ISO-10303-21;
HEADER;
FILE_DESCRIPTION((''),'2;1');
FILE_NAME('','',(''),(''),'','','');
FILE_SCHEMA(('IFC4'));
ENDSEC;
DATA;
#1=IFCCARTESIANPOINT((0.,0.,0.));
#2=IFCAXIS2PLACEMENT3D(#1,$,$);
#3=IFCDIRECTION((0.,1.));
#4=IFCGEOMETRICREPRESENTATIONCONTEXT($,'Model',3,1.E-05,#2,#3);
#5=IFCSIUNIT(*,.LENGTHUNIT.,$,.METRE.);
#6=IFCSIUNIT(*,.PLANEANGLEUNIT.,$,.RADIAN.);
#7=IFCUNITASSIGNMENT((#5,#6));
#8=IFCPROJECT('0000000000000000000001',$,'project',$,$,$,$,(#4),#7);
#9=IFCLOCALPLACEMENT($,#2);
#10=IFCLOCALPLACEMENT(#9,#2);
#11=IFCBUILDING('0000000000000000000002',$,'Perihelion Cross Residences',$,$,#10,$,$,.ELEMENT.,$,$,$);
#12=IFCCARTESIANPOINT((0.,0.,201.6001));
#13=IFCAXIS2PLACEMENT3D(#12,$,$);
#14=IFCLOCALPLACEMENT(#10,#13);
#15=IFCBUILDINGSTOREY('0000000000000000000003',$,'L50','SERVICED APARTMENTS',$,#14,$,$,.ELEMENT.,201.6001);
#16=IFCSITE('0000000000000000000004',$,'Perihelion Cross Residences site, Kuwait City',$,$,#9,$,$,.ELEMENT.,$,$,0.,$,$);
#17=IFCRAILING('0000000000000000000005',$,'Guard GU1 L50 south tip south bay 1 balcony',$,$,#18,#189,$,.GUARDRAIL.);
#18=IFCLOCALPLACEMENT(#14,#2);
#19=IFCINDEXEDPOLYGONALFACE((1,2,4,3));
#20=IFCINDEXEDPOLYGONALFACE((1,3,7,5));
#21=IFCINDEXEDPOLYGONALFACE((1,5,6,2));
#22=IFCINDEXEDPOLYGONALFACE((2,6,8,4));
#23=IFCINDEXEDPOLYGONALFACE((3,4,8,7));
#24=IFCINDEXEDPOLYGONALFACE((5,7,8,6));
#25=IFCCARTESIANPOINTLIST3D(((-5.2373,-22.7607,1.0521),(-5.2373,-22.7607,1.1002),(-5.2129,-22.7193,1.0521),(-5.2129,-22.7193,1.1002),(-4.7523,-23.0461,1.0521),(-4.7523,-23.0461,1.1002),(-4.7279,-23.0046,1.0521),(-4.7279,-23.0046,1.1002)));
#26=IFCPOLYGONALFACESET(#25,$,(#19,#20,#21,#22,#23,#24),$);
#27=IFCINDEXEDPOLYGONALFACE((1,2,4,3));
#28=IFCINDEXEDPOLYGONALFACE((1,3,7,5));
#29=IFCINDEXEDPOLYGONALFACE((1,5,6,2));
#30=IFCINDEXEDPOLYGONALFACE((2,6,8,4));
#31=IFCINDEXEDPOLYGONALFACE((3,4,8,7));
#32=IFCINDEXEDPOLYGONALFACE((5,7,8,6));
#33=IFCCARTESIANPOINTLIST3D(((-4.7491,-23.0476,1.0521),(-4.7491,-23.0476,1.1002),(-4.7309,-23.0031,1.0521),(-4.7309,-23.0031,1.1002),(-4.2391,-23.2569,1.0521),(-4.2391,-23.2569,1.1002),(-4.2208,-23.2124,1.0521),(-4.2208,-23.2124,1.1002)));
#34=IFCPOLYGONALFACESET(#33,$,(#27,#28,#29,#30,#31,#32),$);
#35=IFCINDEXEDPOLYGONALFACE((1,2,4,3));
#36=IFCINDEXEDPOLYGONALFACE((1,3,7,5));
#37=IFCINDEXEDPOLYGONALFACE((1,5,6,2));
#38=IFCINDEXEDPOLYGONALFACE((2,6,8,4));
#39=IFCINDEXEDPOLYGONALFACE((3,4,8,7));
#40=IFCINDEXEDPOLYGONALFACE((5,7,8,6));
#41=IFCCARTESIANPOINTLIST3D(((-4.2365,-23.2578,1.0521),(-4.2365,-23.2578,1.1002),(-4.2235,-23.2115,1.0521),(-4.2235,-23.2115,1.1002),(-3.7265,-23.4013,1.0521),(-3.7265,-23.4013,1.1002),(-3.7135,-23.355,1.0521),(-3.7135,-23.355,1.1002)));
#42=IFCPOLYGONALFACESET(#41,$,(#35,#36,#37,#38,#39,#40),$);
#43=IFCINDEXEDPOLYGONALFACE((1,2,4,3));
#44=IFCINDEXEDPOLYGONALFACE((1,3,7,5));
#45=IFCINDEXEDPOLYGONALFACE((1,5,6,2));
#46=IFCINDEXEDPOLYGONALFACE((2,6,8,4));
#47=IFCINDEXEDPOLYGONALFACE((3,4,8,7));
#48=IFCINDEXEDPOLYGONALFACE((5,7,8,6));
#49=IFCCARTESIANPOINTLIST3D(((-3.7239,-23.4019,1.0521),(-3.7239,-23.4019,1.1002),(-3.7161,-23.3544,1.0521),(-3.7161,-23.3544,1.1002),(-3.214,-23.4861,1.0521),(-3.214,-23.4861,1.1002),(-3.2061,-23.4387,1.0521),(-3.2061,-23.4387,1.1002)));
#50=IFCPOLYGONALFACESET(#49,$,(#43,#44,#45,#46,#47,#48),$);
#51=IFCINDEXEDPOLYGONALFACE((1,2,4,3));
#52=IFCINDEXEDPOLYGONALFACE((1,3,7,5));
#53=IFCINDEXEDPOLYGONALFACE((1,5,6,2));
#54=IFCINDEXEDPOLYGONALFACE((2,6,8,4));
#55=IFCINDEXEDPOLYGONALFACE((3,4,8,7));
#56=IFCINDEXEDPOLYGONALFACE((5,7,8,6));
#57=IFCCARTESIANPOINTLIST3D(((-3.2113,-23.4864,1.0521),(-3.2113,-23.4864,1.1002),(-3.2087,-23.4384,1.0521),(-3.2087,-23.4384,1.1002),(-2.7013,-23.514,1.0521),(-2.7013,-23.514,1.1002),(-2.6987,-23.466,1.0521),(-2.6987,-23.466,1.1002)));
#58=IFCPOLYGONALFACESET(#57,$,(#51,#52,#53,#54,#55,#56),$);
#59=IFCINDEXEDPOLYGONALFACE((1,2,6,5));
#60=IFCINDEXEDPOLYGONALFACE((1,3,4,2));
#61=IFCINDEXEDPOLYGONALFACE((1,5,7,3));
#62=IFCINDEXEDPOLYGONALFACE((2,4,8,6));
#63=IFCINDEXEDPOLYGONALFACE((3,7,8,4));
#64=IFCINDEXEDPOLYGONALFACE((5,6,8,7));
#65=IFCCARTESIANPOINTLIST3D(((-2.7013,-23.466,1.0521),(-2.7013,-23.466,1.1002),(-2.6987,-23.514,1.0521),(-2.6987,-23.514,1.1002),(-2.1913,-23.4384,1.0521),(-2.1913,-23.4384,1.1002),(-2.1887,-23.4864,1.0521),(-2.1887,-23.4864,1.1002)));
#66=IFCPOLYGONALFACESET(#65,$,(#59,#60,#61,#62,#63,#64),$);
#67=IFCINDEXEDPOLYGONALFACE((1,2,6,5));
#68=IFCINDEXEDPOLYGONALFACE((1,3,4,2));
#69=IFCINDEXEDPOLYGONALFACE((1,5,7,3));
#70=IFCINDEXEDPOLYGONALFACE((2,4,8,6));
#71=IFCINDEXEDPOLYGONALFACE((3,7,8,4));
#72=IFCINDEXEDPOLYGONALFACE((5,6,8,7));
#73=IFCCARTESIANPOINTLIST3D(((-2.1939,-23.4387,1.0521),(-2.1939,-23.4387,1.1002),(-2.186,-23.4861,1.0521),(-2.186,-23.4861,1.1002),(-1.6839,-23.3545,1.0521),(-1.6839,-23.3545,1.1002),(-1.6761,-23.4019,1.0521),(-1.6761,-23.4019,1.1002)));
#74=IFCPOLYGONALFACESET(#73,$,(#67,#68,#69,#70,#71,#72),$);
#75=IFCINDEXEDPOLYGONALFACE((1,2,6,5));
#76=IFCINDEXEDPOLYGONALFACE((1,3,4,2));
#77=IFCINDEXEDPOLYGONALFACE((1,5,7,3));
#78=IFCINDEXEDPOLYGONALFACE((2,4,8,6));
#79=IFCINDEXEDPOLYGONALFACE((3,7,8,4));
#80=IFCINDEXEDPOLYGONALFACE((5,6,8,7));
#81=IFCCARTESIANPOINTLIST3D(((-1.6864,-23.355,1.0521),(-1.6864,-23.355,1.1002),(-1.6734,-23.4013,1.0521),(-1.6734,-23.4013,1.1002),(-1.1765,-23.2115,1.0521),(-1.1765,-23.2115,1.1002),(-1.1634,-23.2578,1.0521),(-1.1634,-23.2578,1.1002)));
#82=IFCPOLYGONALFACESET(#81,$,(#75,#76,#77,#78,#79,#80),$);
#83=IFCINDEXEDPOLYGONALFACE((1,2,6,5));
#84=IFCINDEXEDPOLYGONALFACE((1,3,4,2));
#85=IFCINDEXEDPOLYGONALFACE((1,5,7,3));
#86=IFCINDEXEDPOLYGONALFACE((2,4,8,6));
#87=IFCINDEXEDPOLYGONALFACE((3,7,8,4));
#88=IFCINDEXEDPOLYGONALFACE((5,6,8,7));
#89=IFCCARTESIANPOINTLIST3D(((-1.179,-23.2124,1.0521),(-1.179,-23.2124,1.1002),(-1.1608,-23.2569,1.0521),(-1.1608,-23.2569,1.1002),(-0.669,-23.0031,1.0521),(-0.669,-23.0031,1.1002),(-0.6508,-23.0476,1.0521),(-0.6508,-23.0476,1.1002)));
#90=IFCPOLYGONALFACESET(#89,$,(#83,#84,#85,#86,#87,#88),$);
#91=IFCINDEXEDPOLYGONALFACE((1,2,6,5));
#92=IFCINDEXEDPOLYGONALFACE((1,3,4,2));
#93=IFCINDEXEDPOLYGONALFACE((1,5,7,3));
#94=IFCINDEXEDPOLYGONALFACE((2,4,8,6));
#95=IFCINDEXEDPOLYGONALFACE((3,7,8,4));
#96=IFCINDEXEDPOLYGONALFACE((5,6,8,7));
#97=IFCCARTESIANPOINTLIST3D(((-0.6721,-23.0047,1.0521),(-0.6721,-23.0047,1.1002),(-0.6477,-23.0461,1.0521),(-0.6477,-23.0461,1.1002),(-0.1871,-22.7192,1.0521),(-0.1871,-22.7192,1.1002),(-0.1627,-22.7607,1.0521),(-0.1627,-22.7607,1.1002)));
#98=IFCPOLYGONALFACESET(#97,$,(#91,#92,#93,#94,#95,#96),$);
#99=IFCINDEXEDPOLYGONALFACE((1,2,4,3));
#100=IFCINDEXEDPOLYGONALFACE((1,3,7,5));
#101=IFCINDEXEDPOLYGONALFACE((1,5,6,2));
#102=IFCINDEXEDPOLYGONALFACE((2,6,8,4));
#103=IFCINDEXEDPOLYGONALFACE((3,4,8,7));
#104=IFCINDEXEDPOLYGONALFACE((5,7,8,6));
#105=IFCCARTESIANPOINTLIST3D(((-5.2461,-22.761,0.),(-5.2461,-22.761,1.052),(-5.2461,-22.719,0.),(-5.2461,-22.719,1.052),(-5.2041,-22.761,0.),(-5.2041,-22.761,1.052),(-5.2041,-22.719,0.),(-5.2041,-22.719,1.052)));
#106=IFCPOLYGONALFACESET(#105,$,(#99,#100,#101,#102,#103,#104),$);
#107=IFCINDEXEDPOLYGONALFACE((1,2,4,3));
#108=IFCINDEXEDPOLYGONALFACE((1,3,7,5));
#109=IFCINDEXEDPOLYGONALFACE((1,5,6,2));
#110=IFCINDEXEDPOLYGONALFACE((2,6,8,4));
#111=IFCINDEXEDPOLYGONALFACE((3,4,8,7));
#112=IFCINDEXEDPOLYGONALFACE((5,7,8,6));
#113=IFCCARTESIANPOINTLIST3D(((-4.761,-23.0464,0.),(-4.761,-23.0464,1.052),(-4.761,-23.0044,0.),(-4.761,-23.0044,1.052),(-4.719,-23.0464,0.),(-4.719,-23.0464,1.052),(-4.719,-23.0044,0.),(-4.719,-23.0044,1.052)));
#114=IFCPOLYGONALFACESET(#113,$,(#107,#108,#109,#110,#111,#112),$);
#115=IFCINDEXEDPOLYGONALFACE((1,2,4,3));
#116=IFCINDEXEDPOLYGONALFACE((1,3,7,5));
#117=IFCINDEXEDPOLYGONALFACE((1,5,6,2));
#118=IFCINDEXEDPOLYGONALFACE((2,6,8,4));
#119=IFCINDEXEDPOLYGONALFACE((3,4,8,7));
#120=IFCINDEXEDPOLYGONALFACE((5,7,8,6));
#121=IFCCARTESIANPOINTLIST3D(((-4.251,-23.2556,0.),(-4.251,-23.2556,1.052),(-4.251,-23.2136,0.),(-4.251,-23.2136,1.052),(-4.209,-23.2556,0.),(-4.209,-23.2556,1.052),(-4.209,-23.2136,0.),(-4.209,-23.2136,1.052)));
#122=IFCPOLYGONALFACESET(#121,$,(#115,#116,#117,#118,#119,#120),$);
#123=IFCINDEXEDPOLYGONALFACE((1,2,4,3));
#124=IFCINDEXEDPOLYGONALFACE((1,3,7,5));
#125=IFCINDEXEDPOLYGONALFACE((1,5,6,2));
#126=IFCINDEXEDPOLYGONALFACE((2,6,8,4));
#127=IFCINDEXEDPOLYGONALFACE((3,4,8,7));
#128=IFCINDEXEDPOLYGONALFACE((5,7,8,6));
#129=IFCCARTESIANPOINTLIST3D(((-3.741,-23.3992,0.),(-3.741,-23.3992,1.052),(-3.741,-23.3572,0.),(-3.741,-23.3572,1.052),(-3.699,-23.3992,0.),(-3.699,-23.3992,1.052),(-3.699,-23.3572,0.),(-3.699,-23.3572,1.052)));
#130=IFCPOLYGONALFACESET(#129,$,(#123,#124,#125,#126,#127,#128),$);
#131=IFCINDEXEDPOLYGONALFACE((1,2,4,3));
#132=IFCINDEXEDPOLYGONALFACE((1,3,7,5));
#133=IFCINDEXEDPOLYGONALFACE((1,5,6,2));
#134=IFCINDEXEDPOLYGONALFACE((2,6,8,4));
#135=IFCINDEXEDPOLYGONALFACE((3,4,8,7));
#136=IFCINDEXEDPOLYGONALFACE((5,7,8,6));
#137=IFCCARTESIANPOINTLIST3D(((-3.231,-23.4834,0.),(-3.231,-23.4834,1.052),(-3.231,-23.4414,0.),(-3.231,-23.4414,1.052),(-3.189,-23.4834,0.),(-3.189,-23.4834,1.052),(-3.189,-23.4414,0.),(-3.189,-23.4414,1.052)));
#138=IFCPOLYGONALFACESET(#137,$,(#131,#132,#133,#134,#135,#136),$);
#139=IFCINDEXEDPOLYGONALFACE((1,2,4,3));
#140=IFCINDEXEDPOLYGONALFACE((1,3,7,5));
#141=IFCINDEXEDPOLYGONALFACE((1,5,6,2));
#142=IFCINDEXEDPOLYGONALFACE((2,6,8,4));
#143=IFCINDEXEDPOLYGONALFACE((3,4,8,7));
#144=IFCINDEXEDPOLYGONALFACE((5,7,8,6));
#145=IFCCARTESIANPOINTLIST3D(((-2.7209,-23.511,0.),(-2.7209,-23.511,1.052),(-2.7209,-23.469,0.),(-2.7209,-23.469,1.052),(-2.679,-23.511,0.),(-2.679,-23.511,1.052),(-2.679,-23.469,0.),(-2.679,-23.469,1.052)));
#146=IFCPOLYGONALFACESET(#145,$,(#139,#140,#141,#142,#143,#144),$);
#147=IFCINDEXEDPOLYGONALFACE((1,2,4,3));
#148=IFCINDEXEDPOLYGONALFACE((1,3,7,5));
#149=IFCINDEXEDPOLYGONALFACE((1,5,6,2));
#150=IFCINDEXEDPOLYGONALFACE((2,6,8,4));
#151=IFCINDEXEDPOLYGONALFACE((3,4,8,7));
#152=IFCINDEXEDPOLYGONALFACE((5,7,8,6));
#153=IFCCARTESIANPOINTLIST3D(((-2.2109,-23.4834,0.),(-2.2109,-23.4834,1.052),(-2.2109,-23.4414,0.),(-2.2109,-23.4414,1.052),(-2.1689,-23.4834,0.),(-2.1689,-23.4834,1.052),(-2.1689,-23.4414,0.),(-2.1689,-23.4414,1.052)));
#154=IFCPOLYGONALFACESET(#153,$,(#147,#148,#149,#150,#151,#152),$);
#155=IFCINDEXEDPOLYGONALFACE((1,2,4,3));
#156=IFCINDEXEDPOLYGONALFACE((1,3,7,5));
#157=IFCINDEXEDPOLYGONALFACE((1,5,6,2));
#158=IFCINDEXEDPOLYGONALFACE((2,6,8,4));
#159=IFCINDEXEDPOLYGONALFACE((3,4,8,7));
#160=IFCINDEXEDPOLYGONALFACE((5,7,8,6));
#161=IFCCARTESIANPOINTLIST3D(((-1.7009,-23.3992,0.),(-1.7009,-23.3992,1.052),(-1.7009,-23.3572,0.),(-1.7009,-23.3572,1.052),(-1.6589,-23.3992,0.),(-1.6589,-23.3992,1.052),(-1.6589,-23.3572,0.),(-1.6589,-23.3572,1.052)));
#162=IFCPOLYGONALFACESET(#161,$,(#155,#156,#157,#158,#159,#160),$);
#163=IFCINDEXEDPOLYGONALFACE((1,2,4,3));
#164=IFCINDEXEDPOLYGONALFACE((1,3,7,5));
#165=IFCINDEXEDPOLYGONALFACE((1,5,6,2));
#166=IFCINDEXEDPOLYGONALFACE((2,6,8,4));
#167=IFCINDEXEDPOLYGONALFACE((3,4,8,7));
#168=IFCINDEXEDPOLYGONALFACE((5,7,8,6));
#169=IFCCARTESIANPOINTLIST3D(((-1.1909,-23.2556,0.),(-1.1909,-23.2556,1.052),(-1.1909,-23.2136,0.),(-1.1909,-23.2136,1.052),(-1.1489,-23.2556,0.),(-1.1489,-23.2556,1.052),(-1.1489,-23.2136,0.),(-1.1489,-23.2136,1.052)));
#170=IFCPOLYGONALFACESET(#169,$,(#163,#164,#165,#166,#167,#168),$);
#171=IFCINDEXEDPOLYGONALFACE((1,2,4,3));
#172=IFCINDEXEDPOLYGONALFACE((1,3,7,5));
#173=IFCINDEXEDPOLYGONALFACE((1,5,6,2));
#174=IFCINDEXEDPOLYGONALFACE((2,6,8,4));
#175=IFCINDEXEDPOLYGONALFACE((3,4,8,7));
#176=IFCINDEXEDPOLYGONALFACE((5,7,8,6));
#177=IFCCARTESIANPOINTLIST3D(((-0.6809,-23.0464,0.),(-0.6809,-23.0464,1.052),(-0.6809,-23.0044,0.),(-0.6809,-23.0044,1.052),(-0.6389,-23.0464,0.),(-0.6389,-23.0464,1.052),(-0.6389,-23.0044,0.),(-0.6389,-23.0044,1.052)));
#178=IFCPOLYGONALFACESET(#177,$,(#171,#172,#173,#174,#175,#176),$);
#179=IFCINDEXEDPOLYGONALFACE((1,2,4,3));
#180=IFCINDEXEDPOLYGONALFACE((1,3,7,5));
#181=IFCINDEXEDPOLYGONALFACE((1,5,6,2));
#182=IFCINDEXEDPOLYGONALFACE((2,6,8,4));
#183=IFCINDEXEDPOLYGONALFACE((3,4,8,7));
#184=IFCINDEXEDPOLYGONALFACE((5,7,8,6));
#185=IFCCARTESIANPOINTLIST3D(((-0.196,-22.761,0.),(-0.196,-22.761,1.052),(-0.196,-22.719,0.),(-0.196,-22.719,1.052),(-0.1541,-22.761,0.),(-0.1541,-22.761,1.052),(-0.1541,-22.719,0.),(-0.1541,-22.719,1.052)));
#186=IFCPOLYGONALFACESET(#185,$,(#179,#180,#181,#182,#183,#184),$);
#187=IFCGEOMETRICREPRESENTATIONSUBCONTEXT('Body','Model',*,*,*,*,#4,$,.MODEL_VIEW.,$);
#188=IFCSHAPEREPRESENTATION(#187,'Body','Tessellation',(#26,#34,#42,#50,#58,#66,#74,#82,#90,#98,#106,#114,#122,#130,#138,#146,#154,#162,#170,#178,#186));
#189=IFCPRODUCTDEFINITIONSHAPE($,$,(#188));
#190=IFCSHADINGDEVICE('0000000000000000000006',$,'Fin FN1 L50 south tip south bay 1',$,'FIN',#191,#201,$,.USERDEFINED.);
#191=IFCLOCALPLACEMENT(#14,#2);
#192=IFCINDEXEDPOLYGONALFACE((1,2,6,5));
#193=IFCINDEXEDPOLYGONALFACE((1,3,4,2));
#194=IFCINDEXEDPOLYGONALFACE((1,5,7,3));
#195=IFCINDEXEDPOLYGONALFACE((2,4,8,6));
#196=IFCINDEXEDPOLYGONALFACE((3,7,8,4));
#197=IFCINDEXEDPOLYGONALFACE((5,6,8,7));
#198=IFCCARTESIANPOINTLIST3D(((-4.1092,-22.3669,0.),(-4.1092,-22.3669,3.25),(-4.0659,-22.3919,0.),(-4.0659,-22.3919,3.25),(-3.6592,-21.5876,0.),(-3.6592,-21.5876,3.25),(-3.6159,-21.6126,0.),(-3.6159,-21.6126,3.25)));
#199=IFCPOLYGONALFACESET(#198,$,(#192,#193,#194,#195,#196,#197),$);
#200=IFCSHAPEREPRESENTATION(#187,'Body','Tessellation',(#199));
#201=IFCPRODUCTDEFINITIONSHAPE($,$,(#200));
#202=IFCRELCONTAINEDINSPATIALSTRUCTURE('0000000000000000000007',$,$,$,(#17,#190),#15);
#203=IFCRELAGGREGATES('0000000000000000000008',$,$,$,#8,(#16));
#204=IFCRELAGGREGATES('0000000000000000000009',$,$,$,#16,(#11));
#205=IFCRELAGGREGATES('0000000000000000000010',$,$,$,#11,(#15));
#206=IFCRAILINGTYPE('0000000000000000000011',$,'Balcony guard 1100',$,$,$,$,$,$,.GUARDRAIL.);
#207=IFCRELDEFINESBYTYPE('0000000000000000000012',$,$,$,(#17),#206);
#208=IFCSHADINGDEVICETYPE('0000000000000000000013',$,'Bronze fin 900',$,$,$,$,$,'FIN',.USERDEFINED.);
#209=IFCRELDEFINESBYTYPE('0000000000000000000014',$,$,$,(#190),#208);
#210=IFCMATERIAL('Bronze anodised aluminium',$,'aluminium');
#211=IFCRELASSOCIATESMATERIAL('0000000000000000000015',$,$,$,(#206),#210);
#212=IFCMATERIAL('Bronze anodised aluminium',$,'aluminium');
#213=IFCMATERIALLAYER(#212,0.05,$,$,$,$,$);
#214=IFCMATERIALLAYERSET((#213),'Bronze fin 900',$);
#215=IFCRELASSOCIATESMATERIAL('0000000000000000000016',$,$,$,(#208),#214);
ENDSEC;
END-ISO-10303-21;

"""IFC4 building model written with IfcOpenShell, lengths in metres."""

from ifc_helpers import new_model, si_unit, direction, frame, origin, origin_2d, place, context, subcontext, project, spatial, rectangle, extrude, material, layer, layer_set, type_object, element, save


model = new_model("IFC4")

# Units and contexts
model_context = context("Model", 3, precision=1e-05, world=origin(), true_north=direction((0.0, 1.0)))
body_context = subcontext(model_context, "Body", "Model", "MODEL_VIEW")
ifc_project = project(units=[si_unit("LENGTHUNIT", "METRE"), si_unit("PLANEANGLEUNIT", "RADIAN")], contexts=[model_context])

# Site, building, storey
site_placement = place(None, origin())
site = spatial("IfcSite", under=ifc_project, at=site_placement, Name="Perihelion Cross Residences site, Kuwait City", CompositionType="ELEMENT", RefElevation=0.0)
building_placement = place(site_placement, origin())
building = spatial("IfcBuilding", under=site, at=building_placement, Name="Perihelion Cross Residences", CompositionType="ELEMENT")
storey_placement = place(building_placement, frame((0.0, 0.0, 201.6001)))
storey = spatial("IfcBuildingStorey", under=building, at=storey_placement, Name="L50", Description="SERVICED APARTMENTS", CompositionType="ELEMENT", Elevation=201.6001)

# Railing
ifc_material_1 = material(Name="Bronze anodised aluminium", Category="aluminium")
railing_type = type_object("IfcRailingType", Name="Balcony guard 1100", PredefinedType="GUARDRAIL", material=ifc_material_1)
railing_placement = place(storey_placement, frame((-5.2251, -22.74, 0.0)))
element("IfcRailing", 1, at=railing_placement, inside=storey, type_object=railing_type, Name="Guard GU1 L50 south tip south bay 1 balcony", PredefinedType="GUARDRAIL", context=body_context, shape_type="SweptSolid", body=[
    extrude(rectangle(XDim=0.0481, YDim=0.0481, at=origin_2d()), frame((0.0, 0.0, 1.0762), z_axis=(0.861901, -0.507077, 0.0), x_axis=(0.507077, 0.861901, 0.0)), (0.0, 0.0, 1.0), 0.5627),
    extrude(rectangle(XDim=0.0481, YDim=0.0481, at=origin_2d()), frame((0.4851, -0.2854, 1.0762), z_axis=(0.925173, -0.379547, 0.0), x_axis=(0.379547, 0.925173, 0.0)), (0.0, 0.0, 1.0), 0.5513),
    extrude(rectangle(XDim=0.0481, YDim=0.0481, at=origin_2d()), frame((0.9951, -0.4946, 1.0762), z_axis=(0.962595, -0.270946, 0.0), x_axis=(0.270946, 0.962595, 0.0)), (0.0, 0.0, 1.0), 0.5298),
    extrude(rectangle(XDim=0.0481, YDim=0.0481, at=origin_2d()), frame((1.5051, -0.6382, 1.0762), z_axis=(0.986635, -0.162944, 0.0), x_axis=(0.162944, 0.986635, 0.0)), (0.0, 0.0, 1.0), 0.5168),
    extrude(rectangle(XDim=0.0481, YDim=0.0481, at=origin_2d()), frame((2.0151, -0.7224, 1.0762), z_axis=(0.99854, -0.054014, 0.0), x_axis=(0.054014, 0.99854, 0.0)), (0.0, 0.0, 1.0), 0.5107),
    extrude(rectangle(XDim=0.0481, YDim=0.0481, at=origin_2d()), frame((2.5251, -0.75, 1.0762), z_axis=(0.99854, 0.054014, 0.0), x_axis=(-0.054014, 0.99854, 0.0)), (0.0, 0.0, 1.0), 0.5107),
    extrude(rectangle(XDim=0.0481, YDim=0.0481, at=origin_2d()), frame((3.0352, -0.7224, 1.0762), z_axis=(0.986635, 0.162944, 0.0), x_axis=(-0.162944, 0.986635, 0.0)), (0.0, 0.0, 1.0), 0.5168),
    extrude(rectangle(XDim=0.0481, YDim=0.0481, at=origin_2d()), frame((3.5452, -0.6382, 1.0762), z_axis=(0.962595, 0.270946, 0.0), x_axis=(-0.270946, 0.962595, 0.0)), (0.0, 0.0, 1.0), 0.5298),
    extrude(rectangle(XDim=0.0481, YDim=0.0481, at=origin_2d()), frame((4.0552, -0.4946, 1.0762), z_axis=(0.925173, 0.379547, 0.0), x_axis=(-0.379547, 0.925173, 0.0)), (0.0, 0.0, 1.0), 0.5513),
    extrude(rectangle(XDim=0.0481, YDim=0.0481, at=origin_2d()), frame((4.5652, -0.2854, 1.0762), z_axis=(0.861789, 0.507267, 0.0), x_axis=(-0.507267, 0.861789, 0.0)), (0.0, 0.0, 1.0), 0.5627),
    extrude(rectangle(XDim=0.042, YDim=0.042, at=origin_2d()), origin(), (0.0, 0.0, 1.0), 1.052),
    extrude(rectangle(XDim=0.042, YDim=0.042, at=origin_2d()), frame((0.4851, -0.2854, 0.0)), (0.0, 0.0, 1.0), 1.052),
    extrude(rectangle(XDim=0.042, YDim=0.042, at=origin_2d()), frame((0.9951, -0.4946, 0.0)), (0.0, 0.0, 1.0), 1.052),
    extrude(rectangle(XDim=0.042, YDim=0.042, at=origin_2d()), frame((1.5051, -0.6382, 0.0)), (0.0, 0.0, 1.0), 1.052),
    extrude(rectangle(XDim=0.042, YDim=0.042, at=origin_2d()), frame((2.0151, -0.7224, 0.0)), (0.0, 0.0, 1.0), 1.052),
    extrude(rectangle(XDim=0.042, YDim=0.042, at=origin_2d()), frame((2.5251, -0.75, 0.0)), (0.0, 0.0, 1.0), 1.052),
    extrude(rectangle(XDim=0.042, YDim=0.042, at=origin_2d()), frame((3.0352, -0.7224, 0.0)), (0.0, 0.0, 1.0), 1.052),
    extrude(rectangle(XDim=0.042, YDim=0.042, at=origin_2d()), frame((3.5452, -0.6382, 0.0)), (0.0, 0.0, 1.0), 1.052),
    extrude(rectangle(XDim=0.042, YDim=0.042, at=origin_2d()), frame((4.0552, -0.4946, 0.0)), (0.0, 0.0, 1.0), 1.052),
    extrude(rectangle(XDim=0.042, YDim=0.042, at=origin_2d()), frame((4.5652, -0.2854, 0.0)), (0.0, 0.0, 1.0), 1.052),
    extrude(rectangle(XDim=0.042, YDim=0.042, at=origin_2d()), frame((5.05, 0.0, 0.0)), (0.0, 0.0, 1.0), 1.052),
])

# Shading device
ifc_material_2 = material(Name="Bronze anodised aluminium", Category="aluminium")
ifc_layer_1 = layer(ifc_material_2, 0.05)
ifc_layer_set_1 = layer_set([ifc_layer_1], Name="Bronze fin 900")
shading_device_type = type_object("IfcShadingDeviceType", Name="Bronze fin 900", ElementType="FIN", PredefinedType="USERDEFINED", material=ifc_layer_set_1)
shading_device_placement = place(storey_placement, frame((-3.8625, -21.9897, 0.0), z_axis=(0.0, 0.0, 1.0), x_axis=(-0.5, -0.866025, 0.0)))
element("IfcShadingDevice", 2, at=shading_device_placement, inside=storey, type_object=shading_device_type, Name="Fin FN1 L50 south tip south bay 1", ObjectType="FIN", PredefinedType="USERDEFINED", context=body_context, shape_type="SweptSolid", body=[
    extrude(rectangle(XDim=0.8999, YDim=0.05, at=origin_2d()), origin(), (0.0, 0.0, 1.0), 3.25),
])

save(model, "model.ifc")
